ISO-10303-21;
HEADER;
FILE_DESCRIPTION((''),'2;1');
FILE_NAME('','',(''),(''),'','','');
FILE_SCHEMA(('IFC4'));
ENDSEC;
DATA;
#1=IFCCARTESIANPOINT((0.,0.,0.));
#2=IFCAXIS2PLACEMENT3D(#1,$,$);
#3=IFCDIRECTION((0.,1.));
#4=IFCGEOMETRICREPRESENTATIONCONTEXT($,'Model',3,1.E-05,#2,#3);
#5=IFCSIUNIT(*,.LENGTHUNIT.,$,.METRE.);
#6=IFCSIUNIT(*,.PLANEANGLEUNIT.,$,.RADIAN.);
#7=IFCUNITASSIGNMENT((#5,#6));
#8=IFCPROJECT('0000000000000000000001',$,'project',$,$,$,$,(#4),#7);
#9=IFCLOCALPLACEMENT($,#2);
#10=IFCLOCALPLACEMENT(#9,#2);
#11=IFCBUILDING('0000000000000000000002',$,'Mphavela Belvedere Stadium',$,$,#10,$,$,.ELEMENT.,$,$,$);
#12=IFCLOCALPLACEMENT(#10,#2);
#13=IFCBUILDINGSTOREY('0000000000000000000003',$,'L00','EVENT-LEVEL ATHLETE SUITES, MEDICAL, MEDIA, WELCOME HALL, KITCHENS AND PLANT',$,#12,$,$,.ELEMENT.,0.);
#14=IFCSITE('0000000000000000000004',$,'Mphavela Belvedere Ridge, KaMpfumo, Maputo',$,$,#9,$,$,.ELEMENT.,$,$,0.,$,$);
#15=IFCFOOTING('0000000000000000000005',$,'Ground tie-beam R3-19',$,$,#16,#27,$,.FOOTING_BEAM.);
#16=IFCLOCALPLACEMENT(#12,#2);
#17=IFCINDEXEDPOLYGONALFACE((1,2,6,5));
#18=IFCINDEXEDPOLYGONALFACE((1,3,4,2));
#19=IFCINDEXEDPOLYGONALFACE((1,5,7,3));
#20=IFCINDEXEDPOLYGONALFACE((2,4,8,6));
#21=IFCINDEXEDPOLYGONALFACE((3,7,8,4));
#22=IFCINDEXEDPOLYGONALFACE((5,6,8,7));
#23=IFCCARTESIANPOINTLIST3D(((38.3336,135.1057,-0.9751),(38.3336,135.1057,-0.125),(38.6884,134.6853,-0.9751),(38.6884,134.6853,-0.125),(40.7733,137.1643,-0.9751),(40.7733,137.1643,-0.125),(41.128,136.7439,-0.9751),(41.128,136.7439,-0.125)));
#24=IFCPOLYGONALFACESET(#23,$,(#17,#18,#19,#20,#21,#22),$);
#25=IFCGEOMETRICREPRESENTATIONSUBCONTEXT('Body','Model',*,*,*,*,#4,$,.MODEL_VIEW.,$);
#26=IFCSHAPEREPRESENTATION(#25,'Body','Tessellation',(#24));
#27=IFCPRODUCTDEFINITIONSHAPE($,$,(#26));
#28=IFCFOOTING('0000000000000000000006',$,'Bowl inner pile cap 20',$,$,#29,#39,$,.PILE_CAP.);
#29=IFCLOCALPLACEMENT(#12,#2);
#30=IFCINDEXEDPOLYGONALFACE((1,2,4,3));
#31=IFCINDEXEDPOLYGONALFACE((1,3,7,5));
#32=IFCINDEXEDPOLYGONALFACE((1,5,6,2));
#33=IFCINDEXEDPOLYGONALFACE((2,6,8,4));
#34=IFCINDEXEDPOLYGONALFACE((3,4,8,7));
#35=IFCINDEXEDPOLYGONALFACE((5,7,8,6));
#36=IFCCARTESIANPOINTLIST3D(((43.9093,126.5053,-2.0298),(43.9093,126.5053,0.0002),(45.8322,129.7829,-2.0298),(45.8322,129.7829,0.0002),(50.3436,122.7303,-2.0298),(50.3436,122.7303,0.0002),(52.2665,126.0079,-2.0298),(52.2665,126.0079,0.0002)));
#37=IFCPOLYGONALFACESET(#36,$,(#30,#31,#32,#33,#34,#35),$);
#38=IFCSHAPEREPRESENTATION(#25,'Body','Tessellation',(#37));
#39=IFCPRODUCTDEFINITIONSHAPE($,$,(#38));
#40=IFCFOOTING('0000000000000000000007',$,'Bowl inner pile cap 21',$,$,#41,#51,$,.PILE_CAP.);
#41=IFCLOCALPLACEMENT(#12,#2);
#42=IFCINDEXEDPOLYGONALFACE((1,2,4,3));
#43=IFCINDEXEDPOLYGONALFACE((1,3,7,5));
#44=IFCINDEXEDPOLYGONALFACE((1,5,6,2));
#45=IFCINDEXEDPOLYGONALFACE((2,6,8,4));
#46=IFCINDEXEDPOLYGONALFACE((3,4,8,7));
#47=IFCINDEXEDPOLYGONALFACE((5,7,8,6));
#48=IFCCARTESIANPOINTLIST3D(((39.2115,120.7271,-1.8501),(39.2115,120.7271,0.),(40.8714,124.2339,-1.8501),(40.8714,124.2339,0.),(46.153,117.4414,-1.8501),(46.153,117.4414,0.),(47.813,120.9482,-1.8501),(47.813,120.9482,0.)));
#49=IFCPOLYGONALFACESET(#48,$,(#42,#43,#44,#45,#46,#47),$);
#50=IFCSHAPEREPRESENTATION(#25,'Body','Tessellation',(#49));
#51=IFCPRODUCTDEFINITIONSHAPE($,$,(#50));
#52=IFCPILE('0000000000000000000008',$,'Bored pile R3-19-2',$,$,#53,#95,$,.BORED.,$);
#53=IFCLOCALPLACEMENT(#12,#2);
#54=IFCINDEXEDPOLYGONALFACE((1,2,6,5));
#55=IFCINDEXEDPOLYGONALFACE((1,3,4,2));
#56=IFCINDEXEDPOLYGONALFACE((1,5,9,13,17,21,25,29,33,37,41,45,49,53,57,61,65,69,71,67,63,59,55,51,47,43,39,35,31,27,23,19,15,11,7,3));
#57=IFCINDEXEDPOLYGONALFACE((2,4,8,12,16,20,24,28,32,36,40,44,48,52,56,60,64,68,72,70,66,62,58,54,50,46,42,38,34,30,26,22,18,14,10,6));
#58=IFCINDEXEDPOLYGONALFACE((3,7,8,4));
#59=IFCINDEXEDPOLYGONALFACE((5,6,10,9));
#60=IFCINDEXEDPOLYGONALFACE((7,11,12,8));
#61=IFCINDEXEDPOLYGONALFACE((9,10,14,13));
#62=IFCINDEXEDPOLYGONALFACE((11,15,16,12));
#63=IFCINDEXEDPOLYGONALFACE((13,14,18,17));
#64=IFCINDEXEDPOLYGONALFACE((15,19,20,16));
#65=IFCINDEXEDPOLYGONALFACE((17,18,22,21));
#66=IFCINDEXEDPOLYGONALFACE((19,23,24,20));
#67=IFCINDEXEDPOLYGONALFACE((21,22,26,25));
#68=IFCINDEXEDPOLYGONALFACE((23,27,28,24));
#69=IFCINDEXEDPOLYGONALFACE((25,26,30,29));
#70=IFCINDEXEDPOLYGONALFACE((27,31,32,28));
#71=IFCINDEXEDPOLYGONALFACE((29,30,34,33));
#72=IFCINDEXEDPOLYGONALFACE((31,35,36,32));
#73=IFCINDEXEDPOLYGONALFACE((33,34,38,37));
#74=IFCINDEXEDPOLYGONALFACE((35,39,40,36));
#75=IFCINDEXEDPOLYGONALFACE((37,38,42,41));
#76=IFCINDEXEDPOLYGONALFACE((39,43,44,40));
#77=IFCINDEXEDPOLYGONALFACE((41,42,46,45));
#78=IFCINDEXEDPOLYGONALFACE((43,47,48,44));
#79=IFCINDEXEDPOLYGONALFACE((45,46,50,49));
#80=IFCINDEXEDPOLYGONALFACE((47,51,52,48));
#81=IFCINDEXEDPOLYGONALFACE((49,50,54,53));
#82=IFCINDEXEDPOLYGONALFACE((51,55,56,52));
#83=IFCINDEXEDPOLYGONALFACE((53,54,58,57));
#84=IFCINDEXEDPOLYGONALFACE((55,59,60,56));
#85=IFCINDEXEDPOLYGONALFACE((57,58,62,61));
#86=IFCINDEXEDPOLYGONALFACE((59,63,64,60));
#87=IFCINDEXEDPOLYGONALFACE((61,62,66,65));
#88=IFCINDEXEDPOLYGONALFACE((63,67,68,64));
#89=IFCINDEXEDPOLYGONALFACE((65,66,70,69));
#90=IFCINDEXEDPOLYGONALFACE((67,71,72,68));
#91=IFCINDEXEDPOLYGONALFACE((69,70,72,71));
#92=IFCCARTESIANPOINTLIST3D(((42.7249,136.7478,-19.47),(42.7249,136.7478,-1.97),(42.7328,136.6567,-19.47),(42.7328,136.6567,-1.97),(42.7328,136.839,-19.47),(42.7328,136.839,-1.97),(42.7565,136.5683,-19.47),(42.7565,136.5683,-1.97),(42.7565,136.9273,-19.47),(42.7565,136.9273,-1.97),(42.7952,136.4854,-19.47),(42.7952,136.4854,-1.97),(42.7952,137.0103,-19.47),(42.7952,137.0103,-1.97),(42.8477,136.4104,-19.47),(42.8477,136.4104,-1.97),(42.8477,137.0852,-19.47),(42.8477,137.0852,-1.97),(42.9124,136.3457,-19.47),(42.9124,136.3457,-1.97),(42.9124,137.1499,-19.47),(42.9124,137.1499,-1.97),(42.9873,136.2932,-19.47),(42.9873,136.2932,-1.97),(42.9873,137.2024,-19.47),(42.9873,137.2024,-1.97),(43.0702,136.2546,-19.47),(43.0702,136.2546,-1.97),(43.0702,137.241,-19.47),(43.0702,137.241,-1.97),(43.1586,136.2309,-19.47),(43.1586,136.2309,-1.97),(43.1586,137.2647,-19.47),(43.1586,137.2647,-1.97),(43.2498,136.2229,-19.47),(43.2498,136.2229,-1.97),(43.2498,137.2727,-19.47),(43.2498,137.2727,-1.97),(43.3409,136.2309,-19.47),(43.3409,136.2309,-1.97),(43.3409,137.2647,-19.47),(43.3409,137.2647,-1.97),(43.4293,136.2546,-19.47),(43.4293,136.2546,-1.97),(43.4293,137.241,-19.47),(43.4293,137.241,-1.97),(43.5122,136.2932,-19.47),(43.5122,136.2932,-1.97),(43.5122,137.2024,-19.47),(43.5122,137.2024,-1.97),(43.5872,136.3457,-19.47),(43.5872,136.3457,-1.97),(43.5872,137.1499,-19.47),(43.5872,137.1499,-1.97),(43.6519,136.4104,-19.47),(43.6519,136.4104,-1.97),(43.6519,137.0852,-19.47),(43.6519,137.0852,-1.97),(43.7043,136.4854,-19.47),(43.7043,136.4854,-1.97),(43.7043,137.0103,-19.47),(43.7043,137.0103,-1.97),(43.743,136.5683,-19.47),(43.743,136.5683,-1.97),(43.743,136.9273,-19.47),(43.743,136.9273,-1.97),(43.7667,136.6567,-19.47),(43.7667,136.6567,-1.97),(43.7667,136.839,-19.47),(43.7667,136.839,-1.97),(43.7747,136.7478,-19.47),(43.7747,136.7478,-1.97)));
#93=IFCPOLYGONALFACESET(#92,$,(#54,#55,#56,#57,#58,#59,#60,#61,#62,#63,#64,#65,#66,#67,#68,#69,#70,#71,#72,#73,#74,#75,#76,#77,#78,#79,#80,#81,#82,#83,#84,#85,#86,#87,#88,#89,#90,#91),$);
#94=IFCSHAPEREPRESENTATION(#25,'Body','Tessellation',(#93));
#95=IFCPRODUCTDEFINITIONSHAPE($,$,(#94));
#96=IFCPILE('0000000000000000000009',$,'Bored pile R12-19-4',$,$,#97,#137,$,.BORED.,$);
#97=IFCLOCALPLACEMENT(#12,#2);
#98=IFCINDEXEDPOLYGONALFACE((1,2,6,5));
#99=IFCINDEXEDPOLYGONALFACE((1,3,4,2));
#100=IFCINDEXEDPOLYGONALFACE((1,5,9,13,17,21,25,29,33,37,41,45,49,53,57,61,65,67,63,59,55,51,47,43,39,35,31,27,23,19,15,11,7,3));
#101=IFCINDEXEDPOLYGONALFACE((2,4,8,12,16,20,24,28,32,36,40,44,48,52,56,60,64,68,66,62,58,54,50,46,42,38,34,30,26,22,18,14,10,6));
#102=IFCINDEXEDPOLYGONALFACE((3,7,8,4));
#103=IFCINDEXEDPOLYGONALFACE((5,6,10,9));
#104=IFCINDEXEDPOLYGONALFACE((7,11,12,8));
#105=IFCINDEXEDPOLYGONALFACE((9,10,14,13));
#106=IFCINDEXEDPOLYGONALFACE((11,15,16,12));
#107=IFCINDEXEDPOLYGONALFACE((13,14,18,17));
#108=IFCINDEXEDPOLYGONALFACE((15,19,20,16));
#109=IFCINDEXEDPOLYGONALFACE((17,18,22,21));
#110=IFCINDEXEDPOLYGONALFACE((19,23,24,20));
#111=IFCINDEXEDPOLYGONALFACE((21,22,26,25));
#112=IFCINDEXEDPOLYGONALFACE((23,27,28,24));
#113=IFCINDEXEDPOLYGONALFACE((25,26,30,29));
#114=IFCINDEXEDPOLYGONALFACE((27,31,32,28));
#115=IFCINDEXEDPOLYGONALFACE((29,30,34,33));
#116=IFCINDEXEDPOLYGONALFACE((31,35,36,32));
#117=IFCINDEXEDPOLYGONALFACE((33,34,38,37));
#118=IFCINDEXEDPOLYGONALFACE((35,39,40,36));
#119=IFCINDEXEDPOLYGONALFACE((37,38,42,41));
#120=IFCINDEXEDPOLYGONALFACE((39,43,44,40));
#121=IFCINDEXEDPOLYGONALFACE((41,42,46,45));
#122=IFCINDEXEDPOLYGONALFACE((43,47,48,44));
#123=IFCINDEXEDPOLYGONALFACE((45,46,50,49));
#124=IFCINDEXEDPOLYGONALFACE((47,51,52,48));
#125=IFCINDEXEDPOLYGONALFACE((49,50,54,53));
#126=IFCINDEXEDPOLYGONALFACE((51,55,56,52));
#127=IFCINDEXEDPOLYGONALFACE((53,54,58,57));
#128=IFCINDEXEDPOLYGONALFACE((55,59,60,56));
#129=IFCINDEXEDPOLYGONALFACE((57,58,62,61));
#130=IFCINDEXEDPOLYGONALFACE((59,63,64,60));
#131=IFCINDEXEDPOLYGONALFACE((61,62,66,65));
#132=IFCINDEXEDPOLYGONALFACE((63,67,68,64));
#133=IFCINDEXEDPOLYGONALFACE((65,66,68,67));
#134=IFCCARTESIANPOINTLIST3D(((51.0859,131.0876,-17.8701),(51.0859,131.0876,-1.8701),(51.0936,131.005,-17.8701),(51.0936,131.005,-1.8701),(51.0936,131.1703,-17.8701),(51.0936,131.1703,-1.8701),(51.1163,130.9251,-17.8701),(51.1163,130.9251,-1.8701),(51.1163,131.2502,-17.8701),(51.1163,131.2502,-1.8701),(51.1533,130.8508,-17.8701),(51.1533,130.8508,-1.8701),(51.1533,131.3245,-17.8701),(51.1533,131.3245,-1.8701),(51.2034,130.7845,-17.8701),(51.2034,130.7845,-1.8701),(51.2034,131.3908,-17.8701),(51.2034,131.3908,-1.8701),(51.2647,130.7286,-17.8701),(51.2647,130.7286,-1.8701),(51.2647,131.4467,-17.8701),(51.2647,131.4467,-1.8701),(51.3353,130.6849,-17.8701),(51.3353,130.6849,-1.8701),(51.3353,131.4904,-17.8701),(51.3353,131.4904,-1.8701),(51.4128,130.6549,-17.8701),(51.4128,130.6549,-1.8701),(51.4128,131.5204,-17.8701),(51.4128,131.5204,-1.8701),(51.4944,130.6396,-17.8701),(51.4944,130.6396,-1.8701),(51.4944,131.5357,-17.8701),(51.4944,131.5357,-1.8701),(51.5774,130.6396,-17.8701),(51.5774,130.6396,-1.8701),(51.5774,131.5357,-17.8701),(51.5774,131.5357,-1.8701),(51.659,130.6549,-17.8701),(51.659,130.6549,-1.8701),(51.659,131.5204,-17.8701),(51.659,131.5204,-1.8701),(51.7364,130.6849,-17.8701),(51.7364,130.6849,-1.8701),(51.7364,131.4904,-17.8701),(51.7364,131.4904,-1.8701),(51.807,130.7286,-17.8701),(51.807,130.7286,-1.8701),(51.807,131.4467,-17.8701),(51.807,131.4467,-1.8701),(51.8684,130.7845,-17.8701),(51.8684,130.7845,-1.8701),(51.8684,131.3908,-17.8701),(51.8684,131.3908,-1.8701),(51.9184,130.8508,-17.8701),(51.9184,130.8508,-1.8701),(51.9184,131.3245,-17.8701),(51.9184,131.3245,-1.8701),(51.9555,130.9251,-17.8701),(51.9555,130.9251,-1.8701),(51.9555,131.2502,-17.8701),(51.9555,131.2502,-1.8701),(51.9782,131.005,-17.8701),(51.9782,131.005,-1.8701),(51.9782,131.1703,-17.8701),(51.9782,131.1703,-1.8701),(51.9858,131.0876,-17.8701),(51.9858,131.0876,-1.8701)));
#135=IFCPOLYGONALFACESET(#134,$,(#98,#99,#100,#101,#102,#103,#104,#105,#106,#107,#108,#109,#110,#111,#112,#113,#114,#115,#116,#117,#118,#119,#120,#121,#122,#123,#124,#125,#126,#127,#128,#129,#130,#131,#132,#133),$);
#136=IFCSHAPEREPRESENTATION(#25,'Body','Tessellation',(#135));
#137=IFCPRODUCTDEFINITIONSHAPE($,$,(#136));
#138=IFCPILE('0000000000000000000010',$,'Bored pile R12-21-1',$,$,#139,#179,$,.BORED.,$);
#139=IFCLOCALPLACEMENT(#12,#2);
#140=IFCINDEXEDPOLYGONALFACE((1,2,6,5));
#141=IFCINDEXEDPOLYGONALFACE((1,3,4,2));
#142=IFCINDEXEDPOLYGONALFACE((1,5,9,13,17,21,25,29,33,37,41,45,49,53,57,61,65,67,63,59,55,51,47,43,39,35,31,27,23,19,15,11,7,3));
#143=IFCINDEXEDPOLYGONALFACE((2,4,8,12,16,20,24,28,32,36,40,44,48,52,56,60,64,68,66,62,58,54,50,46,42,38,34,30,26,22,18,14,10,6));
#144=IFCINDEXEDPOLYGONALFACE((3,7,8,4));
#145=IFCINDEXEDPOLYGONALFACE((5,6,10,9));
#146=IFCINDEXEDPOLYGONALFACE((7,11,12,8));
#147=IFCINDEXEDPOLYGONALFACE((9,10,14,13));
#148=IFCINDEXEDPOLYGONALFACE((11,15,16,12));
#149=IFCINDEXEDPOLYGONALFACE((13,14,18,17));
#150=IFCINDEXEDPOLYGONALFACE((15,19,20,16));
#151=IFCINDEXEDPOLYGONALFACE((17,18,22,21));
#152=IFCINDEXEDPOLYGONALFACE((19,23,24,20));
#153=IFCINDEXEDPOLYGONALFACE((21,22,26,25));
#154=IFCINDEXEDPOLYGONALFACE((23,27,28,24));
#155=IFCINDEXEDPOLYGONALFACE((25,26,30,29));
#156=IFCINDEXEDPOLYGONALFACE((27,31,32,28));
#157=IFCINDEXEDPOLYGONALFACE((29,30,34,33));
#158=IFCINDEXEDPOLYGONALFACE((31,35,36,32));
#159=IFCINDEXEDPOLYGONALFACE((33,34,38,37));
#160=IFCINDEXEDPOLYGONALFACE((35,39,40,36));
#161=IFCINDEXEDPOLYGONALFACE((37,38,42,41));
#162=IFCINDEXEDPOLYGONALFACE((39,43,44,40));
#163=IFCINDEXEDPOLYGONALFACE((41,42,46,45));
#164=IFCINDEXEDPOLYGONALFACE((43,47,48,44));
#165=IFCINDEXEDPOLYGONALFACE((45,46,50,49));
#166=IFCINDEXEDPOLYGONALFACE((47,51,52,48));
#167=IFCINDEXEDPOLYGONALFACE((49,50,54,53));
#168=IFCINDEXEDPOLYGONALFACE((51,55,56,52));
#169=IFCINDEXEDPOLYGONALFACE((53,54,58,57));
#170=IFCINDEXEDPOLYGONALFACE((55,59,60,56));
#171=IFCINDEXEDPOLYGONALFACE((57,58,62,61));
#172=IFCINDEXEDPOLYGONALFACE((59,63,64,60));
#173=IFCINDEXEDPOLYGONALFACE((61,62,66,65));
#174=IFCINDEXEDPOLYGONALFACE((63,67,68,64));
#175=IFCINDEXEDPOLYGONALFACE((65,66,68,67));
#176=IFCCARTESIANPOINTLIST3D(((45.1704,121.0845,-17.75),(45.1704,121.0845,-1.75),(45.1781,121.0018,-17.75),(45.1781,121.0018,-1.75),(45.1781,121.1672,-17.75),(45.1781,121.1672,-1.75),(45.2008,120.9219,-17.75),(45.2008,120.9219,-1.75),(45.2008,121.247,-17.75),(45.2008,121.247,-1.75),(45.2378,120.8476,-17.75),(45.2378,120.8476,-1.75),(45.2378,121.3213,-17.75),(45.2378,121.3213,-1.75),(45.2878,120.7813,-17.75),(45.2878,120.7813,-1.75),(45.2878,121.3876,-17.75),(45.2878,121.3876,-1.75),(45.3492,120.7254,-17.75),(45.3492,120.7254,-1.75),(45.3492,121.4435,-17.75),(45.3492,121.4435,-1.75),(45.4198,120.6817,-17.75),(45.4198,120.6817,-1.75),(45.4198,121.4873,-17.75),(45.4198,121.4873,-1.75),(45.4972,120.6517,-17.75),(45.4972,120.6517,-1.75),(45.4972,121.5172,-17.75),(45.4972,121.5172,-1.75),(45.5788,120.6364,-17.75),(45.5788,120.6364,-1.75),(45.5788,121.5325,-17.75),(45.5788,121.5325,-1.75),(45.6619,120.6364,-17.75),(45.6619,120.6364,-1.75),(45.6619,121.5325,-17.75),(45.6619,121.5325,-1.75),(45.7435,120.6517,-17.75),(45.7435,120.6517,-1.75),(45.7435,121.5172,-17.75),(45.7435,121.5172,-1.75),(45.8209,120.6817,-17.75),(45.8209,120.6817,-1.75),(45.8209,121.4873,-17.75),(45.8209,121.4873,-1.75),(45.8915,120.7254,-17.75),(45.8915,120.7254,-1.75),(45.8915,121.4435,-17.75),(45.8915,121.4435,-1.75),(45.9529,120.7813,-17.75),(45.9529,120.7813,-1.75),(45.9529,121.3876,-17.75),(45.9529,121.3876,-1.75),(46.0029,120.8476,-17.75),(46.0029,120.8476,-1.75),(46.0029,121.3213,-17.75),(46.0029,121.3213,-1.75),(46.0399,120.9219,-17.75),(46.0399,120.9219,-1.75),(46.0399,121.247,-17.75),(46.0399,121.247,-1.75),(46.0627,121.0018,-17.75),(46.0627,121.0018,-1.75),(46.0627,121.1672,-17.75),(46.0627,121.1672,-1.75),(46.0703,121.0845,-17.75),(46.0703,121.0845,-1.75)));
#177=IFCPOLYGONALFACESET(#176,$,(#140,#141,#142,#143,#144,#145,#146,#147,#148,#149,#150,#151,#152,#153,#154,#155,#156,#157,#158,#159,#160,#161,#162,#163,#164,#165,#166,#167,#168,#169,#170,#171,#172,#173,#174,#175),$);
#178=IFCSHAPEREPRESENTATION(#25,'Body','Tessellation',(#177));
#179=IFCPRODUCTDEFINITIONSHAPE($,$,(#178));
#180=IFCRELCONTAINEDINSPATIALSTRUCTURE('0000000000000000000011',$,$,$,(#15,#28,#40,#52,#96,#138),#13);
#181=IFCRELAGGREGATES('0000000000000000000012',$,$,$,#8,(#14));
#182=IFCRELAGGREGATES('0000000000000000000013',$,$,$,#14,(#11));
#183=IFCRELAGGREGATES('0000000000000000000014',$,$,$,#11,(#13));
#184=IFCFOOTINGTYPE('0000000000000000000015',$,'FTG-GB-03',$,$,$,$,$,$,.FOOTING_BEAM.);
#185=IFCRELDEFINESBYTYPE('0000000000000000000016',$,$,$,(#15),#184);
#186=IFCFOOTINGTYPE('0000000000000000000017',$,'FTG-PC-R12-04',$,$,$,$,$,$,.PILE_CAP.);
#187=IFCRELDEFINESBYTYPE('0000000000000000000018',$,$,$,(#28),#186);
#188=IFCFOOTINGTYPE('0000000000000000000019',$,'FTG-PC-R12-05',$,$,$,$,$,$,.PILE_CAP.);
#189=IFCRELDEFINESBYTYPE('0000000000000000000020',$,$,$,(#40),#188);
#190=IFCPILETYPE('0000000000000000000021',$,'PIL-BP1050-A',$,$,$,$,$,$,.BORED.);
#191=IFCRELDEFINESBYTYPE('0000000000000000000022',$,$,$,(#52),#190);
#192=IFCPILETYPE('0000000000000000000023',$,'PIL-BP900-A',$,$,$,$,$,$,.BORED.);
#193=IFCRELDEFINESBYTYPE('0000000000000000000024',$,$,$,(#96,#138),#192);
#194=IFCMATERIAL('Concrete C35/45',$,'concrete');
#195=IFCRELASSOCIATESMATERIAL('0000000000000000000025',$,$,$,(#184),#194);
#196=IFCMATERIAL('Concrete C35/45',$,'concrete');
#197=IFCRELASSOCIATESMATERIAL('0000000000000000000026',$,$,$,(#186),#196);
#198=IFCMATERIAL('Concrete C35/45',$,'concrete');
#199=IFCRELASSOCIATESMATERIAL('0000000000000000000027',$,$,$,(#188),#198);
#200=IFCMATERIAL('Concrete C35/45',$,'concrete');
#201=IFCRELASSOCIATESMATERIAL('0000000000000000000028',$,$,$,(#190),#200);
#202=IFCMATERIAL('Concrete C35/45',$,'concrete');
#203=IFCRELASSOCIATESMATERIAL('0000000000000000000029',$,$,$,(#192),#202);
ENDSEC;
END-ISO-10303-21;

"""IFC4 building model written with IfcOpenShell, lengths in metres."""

from ifc_helpers import new_model, si_unit, direction, frame, origin, origin_2d, place, context, subcontext, project, spatial, rectangle, circle, extrude, material, material_profile, profile_set, type_object, element, save


model = new_model("IFC4")

# Units and contexts
model_context = context("Model", 3, precision=1e-05, world=origin(), true_north=direction((0.0, 1.0)))
body_context = subcontext(model_context, "Body", "Model", "MODEL_VIEW")
ifc_project = project(units=[si_unit("LENGTHUNIT", "METRE"), si_unit("PLANEANGLEUNIT", "RADIAN")], contexts=[model_context])

# Site, building, storey
site_placement = place(None, origin())
site = spatial("IfcSite", under=ifc_project, at=site_placement, Name="Mphavela Belvedere Ridge, KaMpfumo, Maputo", CompositionType="ELEMENT", RefElevation=0.0)
building_placement = place(site_placement, origin())
building = spatial("IfcBuilding", under=site, at=building_placement, Name="Mphavela Belvedere Stadium", CompositionType="ELEMENT")
storey_placement = place(building_placement, origin())
storey = spatial("IfcBuildingStorey", under=building, at=storey_placement, Name="L00", Description="EVENT-LEVEL ATHLETE SUITES, MEDICAL, MEDIA, WELCOME HALL, KITCHENS AND PLANT", CompositionType="ELEMENT", Elevation=0.0)

# Footings
ifc_material_1 = material(Name="Concrete C35/45", Category="concrete")
ifc_material_profile_1 = material_profile(ifc_material_1, rectangle(XDim=0.55, YDim=0.8501, at=origin_2d()), Name="GB 550x850")
ifc_profile_set_1 = profile_set([ifc_material_profile_1], Name="Concrete C35/45")
footing_type_1 = type_object("IfcFootingType", Name="FTG-GB-03", PredefinedType="FOOTING_BEAM", material=ifc_profile_set_1)
footing_1_placement = place(storey_placement, frame((40.9507, 136.9541, -0.55), z_axis=(-0.764276, -0.644889, 0.0), x_axis=(0.644889, -0.764276, 0.0)))
element("IfcFooting", 1, at=footing_1_placement, inside=storey, type_object=footing_type_1, Name="Ground tie-beam R3-19", PredefinedType="FOOTING_BEAM", context=body_context, shape_type="SweptSolid", body=[
    extrude(rectangle(XDim=0.55, YDim=0.8501, at=origin_2d()), origin(), (0.0, 0.0, 1.0), 3.1921),
])
ifc_material_2 = material(Name="Concrete C35/45", Category="concrete")
footing_type_2 = type_object("IfcFootingType", Name="FTG-PC-R12-04", PredefinedType="PILE_CAP", material=ifc_material_2)
footing_2_placement = place(storey_placement, frame((48.0879, 126.2566, -2.0298), z_axis=(0.0, 0.0, 1.0), x_axis=(-0.862514, 0.506034, 0.0)))
element("IfcFooting", 2, at=footing_2_placement, inside=storey, type_object=footing_type_2, Name="Bowl inner pile cap 20", PredefinedType="PILE_CAP", context=body_context, shape_type="SweptSolid", body=[
    extrude(rectangle(XDim=7.46, YDim=3.8, at=origin_2d()), origin(), (0.0, 0.0, 1.0), 2.03),
])
ifc_material_3 = material(Name="Concrete C35/45", Category="concrete")
footing_type_3 = type_object("IfcFootingType", Name="FTG-PC-R12-05", PredefinedType="PILE_CAP", material=ifc_material_3)
footing_3_placement = place(storey_placement, frame((43.5122, 120.8376, -1.8501), z_axis=(0.0, 0.0, 1.0), x_axis=(-0.903859, 0.427831, 0.0)))
element("IfcFooting", 3, at=footing_3_placement, inside=storey, type_object=footing_type_3, Name="Bowl inner pile cap 21", PredefinedType="PILE_CAP", context=body_context, shape_type="SweptSolid", body=[
    extrude(rectangle(XDim=7.6799, YDim=3.8799, at=origin_2d()), origin(), (0.0, 0.0, 1.0), 1.8501),
])

# Piles
ifc_material_4 = material(Name="Concrete C35/45", Category="concrete")
ifc_material_profile_2 = material_profile(ifc_material_4, circle(Radius=0.5249, at=origin_2d()), Name="BP D1050")
ifc_profile_set_2 = profile_set([ifc_material_profile_2], Name="Concrete C35/45")
pile_type_1 = type_object("IfcPileType", Name="PIL-BP1050-A", PredefinedType="BORED", material=ifc_profile_set_2)
pile_placement = place(storey_placement, frame((43.2498, 136.7478, -1.97), z_axis=(0.0, 0.0, -1.0), x_axis=(1.0, 0.0, 0.0)))
element("IfcPile", 4, at=pile_placement, inside=storey, type_object=pile_type_1, Name="Bored pile R3-19-2", PredefinedType="BORED", context=body_context, shape_type="SweptSolid", body=[
    extrude(circle(Radius=0.5249, at=origin_2d()), origin(), (0.0, 0.0, 1.0), 17.5),
])
ifc_material_5 = material(Name="Concrete C35/45", Category="concrete")
ifc_material_profile_3 = material_profile(ifc_material_5, circle(Radius=0.45, at=origin_2d()), Name="BP D900")
ifc_profile_set_3 = profile_set([ifc_material_profile_3], Name="Concrete C35/45")
pile_type_2 = type_object("IfcPileType", Name="PIL-BP900-A", PredefinedType="BORED", material=ifc_profile_set_3)
for number, where, z_axis, x_axis, name in (
    (5, (51.5359, 131.0876, -1.8701), (0.0, 0.0, -1.0), (1.0, 0.0, 0.0), "Bored pile R12-19-4"),
    (6, (45.6204, 121.0845, -1.75), (0.0, 0.0, -1.0), (1.0, 0.0, 0.0), "Bored pile R12-21-1"),
):
    element("IfcPile", number, at=place(storey_placement, frame(where, z_axis=z_axis, x_axis=x_axis)), inside=storey, type_object=pile_type_2, Name=name, PredefinedType="BORED", context=body_context, shape_type="SweptSolid", body=[
        extrude(circle(Radius=0.45, at=origin_2d()), origin(), (0.0, 0.0, 1.0), 16.0),
    ])

save(model, "model.ifc")
